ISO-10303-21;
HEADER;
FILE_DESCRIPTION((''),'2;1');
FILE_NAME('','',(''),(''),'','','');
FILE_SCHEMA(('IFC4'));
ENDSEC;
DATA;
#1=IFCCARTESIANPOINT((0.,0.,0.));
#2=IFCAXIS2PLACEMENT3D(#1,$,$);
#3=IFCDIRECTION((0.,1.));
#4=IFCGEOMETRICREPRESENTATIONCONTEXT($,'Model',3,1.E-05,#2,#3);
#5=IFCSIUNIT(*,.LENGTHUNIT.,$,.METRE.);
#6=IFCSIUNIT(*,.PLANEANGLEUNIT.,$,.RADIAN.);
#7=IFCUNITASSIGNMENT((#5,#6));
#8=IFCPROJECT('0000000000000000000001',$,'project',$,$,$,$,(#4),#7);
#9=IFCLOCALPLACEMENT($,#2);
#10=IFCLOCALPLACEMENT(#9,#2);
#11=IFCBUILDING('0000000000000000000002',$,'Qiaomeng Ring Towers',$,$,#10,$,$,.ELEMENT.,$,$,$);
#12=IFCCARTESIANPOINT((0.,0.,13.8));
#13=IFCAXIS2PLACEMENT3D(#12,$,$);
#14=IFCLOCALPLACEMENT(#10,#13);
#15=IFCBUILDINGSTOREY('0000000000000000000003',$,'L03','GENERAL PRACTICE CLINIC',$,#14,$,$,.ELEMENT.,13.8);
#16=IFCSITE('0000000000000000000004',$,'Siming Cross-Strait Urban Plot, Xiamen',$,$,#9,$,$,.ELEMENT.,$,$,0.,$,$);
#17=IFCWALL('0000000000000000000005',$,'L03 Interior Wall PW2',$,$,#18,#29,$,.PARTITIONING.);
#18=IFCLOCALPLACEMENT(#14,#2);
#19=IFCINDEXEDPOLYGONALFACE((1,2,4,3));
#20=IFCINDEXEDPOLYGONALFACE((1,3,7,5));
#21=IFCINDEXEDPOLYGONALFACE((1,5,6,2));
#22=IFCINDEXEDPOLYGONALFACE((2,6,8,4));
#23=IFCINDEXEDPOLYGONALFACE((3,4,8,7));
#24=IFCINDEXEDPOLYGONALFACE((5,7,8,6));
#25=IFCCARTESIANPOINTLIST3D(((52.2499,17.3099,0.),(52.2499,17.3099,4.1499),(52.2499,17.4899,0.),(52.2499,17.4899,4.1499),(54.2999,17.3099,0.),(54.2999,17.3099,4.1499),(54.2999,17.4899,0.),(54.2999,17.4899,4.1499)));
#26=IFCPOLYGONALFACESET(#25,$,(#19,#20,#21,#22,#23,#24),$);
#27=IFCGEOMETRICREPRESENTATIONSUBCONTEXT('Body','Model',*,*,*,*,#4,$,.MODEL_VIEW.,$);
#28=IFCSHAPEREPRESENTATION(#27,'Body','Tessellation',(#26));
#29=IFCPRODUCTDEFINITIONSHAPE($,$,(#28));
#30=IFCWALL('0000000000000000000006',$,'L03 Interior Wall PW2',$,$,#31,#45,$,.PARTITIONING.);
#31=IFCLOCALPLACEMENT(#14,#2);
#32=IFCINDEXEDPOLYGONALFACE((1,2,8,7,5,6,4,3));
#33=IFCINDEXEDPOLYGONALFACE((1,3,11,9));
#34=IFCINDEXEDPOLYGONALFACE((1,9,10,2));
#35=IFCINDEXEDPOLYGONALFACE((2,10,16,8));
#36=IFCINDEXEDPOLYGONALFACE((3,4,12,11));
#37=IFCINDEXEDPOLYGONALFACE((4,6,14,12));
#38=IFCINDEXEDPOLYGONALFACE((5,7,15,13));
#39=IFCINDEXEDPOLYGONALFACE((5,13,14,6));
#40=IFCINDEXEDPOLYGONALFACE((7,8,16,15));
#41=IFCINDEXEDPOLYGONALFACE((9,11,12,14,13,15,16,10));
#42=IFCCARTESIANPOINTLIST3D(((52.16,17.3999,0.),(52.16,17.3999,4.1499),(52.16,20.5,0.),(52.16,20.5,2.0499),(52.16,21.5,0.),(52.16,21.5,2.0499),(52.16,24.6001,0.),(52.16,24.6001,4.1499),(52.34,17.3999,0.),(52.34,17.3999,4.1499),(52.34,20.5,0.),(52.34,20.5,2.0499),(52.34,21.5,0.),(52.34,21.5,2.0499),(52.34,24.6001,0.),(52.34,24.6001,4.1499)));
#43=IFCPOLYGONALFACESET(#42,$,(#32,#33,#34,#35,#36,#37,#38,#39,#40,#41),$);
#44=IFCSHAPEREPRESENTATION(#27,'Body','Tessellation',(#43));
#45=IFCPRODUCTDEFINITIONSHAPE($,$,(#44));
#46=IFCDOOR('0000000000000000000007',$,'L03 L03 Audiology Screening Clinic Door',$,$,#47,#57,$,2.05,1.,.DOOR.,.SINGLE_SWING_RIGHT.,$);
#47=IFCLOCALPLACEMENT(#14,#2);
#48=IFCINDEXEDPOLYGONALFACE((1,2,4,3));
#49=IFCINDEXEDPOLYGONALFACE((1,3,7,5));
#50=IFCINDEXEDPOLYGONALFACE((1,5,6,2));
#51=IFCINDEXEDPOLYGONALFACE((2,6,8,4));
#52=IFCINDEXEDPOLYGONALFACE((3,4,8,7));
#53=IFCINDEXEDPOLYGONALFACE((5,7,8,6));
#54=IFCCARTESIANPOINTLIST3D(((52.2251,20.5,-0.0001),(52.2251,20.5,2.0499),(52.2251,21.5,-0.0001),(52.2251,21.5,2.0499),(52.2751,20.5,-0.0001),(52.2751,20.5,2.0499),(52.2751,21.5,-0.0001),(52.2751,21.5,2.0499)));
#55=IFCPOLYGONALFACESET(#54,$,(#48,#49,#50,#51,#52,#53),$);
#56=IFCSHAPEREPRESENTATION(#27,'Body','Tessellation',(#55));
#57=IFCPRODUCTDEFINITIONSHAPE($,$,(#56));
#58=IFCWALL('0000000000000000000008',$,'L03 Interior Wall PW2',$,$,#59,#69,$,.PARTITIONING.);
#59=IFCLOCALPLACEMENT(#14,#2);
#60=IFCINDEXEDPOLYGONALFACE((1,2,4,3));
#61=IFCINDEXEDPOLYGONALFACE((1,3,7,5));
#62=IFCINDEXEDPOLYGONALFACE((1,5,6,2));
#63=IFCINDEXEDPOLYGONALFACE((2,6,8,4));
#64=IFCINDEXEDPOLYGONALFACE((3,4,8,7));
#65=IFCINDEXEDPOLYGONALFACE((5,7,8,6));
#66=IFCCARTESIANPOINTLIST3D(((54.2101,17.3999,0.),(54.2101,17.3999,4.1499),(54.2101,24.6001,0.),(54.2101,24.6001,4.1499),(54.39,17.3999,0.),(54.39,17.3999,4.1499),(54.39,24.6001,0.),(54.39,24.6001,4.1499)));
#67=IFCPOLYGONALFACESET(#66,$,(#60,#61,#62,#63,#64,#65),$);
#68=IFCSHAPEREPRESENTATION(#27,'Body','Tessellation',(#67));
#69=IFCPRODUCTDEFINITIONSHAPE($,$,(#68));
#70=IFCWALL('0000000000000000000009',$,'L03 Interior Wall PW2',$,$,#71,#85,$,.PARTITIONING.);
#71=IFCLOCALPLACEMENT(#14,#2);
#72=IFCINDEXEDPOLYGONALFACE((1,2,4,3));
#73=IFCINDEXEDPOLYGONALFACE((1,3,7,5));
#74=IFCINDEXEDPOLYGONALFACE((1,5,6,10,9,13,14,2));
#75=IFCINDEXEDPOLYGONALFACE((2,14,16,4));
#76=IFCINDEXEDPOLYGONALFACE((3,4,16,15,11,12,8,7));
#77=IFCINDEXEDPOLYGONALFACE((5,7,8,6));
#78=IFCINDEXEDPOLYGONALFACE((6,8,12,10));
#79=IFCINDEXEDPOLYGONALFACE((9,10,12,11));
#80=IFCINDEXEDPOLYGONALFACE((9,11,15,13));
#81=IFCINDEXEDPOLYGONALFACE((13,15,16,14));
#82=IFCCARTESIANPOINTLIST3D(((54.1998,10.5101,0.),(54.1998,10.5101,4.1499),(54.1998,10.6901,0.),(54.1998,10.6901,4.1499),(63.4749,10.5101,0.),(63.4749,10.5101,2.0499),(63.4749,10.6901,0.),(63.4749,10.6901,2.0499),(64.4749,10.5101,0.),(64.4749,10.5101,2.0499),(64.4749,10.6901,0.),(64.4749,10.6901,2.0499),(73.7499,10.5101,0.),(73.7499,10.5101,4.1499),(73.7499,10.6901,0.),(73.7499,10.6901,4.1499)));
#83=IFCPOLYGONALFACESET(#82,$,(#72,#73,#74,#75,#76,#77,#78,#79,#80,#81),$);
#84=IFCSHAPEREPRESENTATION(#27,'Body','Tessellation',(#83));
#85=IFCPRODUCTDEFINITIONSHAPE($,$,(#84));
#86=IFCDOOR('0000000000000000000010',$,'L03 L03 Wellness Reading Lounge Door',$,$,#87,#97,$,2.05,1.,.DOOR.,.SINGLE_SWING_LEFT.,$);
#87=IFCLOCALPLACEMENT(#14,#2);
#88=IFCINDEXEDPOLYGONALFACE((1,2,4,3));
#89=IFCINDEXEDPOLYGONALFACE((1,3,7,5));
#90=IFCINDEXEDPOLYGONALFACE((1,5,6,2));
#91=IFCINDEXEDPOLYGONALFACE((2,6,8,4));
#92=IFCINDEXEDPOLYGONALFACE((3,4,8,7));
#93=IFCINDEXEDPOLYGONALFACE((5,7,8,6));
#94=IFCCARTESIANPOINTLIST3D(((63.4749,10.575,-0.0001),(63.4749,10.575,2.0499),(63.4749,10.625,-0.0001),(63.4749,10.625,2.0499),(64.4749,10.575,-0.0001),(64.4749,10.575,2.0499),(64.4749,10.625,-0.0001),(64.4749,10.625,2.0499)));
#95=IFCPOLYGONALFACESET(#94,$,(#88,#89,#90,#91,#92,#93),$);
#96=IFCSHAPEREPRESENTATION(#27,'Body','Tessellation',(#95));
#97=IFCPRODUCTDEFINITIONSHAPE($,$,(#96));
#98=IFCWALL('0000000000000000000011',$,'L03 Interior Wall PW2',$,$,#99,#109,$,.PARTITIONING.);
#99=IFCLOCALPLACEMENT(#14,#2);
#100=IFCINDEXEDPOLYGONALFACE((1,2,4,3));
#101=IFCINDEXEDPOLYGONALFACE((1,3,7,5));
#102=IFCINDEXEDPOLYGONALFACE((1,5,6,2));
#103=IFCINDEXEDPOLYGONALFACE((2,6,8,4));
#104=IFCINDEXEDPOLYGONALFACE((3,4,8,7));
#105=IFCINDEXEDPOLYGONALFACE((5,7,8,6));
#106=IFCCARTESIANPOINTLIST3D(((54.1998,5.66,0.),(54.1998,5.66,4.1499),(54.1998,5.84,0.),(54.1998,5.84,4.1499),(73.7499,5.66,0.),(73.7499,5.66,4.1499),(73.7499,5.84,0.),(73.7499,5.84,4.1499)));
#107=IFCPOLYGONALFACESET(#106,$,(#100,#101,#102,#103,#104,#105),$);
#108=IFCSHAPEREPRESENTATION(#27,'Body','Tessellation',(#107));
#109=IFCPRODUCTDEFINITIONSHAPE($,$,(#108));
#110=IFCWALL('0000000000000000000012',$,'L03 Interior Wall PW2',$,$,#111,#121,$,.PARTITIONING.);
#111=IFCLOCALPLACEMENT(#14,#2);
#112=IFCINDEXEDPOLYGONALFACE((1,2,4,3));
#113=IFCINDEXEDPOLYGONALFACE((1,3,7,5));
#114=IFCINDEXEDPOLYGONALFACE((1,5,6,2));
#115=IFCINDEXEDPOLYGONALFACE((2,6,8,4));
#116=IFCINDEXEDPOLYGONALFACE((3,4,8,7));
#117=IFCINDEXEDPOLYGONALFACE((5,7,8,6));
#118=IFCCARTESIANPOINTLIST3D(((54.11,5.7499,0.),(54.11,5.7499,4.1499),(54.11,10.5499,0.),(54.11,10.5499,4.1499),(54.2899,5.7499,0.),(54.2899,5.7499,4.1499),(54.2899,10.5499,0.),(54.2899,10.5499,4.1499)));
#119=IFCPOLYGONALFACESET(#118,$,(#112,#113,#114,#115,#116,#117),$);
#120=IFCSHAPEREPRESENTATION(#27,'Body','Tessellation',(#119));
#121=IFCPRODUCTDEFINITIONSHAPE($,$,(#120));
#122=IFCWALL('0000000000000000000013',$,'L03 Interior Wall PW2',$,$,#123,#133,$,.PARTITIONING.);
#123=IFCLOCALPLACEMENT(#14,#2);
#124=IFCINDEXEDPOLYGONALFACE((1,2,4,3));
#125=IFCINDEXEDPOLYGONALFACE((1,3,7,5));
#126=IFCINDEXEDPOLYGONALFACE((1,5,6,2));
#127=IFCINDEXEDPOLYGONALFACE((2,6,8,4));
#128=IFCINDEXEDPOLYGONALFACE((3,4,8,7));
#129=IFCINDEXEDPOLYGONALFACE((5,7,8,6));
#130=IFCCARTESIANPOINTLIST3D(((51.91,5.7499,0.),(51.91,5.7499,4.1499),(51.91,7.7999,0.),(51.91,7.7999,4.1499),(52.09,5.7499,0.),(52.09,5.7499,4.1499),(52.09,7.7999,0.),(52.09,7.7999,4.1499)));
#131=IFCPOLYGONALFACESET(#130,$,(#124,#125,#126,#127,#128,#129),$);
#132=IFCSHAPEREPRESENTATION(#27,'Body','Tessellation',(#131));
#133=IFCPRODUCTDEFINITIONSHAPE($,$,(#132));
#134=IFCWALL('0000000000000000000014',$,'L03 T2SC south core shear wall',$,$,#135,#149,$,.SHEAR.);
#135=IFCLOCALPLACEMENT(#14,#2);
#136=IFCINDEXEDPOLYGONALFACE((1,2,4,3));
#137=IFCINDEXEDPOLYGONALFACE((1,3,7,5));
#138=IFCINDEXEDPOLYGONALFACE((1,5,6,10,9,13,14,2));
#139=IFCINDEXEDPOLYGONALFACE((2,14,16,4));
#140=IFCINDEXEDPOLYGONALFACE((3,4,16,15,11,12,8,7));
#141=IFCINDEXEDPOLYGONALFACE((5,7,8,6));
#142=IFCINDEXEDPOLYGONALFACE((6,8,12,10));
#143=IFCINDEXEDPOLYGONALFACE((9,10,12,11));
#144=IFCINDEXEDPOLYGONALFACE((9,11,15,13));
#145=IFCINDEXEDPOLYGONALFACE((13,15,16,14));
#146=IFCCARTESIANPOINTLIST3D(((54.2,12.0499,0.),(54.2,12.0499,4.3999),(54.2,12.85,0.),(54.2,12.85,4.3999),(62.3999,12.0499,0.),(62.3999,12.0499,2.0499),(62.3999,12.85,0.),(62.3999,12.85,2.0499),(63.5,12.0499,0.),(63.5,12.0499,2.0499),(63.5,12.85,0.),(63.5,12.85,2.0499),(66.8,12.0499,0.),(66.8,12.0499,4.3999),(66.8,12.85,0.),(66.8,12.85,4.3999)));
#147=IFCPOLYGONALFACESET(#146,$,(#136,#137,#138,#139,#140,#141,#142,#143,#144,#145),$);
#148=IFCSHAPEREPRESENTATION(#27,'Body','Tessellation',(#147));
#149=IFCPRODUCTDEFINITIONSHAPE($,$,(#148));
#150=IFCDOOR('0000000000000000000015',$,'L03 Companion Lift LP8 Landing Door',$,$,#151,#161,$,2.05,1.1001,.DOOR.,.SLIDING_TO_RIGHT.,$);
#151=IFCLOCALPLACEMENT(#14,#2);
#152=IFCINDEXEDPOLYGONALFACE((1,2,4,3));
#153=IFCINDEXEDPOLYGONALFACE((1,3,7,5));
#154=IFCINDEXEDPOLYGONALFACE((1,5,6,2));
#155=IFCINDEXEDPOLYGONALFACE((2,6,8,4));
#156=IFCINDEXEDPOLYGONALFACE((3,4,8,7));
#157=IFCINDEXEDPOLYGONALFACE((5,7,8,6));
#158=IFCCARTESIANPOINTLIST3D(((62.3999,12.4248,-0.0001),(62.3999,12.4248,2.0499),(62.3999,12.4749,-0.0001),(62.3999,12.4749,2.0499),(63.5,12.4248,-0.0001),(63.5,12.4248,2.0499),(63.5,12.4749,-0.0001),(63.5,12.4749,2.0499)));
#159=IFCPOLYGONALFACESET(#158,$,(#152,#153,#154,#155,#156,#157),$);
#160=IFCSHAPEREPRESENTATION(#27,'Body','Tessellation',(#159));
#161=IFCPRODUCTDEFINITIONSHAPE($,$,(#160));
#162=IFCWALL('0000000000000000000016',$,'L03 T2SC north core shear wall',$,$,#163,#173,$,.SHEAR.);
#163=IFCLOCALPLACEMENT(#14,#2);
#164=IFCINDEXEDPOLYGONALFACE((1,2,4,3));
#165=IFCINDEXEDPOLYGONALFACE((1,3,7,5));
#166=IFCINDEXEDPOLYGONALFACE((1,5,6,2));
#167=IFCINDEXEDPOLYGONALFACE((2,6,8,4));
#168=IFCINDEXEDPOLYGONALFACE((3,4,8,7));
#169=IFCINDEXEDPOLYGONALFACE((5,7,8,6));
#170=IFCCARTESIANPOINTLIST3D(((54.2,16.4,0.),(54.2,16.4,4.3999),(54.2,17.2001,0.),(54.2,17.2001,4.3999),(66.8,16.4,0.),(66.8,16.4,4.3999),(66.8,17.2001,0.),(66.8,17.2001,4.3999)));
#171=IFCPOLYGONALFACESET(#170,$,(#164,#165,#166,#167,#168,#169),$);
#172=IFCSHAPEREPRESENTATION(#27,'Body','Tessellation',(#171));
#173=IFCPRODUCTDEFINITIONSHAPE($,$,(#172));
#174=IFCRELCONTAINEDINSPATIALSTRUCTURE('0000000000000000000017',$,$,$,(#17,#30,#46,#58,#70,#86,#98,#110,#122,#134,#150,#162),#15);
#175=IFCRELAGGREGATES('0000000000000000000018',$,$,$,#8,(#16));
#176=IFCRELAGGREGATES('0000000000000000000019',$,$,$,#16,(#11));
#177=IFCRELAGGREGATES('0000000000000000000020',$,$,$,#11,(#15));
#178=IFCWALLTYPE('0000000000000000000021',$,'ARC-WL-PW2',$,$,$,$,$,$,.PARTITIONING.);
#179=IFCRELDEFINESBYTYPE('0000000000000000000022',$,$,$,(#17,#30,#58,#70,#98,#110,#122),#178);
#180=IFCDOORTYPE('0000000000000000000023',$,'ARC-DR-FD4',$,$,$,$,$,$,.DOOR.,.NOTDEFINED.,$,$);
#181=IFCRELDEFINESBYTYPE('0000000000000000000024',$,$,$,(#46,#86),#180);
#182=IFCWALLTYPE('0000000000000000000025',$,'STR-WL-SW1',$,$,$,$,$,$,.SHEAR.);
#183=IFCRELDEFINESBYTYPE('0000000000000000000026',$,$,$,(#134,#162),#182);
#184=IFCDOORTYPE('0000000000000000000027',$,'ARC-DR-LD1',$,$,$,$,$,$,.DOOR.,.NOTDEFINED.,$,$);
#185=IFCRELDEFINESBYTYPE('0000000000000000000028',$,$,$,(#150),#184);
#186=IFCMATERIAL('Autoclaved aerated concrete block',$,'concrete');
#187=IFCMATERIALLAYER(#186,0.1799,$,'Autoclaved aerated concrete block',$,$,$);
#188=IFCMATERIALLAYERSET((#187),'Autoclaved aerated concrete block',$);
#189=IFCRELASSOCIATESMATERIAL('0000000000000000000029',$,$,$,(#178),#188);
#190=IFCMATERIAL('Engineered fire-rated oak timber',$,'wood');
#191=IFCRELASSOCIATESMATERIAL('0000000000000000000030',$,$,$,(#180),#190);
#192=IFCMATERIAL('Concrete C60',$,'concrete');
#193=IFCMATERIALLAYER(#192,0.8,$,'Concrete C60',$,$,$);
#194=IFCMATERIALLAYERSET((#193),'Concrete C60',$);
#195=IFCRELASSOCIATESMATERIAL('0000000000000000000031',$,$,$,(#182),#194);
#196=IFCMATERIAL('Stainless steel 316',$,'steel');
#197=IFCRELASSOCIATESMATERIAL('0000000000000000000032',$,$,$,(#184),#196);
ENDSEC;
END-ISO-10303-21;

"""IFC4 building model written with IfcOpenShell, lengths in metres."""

from ifc_helpers import new_model, si_unit, direction, frame, frame_2d, origin, place, context, subcontext, project, spatial, rectangle, extrude, source, transform, mapped, material, layer, layer_set, type_object, element, fill, save


model = new_model("IFC4")

# Units and contexts
model_context = context("Model", 3, precision=1e-05, world=origin(), true_north=direction((0.0, 1.0)))
body_context = subcontext(model_context, "Body", "Model", "MODEL_VIEW")
ifc_project = project(units=[si_unit("LENGTHUNIT", "METRE"), si_unit("PLANEANGLEUNIT", "RADIAN")], contexts=[model_context])

# Site, building, storey
site_placement = place(None, origin())
site = spatial("IfcSite", under=ifc_project, at=site_placement, Name="Siming Cross-Strait Urban Plot, Xiamen", CompositionType="ELEMENT", RefElevation=0.0)
building_placement = place(site_placement, origin())
building = spatial("IfcBuilding", under=site, at=building_placement, Name="Qiaomeng Ring Towers", CompositionType="ELEMENT")
storey_placement = place(building_placement, frame((0.0, 0.0, 13.8)))
storey = spatial("IfcBuildingStorey", under=building, at=storey_placement, Name="L03", Description="GENERAL PRACTICE CLINIC", CompositionType="ELEMENT", Elevation=13.8)

# Shared definitions
ifc_material_1 = material(Name="Concrete C60", Category="concrete")

# Wall
ifc_material_2 = material(Name="Autoclaved aerated concrete block", Category="concrete")
ifc_layer_1 = layer(ifc_material_2, 0.1799, Name="Autoclaved aerated concrete block")
ifc_layer_set_1 = layer_set([ifc_layer_1], Name="Autoclaved aerated concrete block")
wall_type_1 = type_object("IfcWallType", Name="ARC-WL-PW2", PredefinedType="PARTITIONING", material=ifc_layer_set_1)
wall_1_placement = place(storey_placement, frame((52.25, 17.3999, 0.0), z_axis=(0.0, 0.0, 1.0), x_axis=(1.0, 0.0, 0.0)))
element("IfcWall", 1, at=wall_1_placement, inside=storey, type_object=wall_type_1, Name="L03 Interior Wall PW2", PredefinedType="PARTITIONING", context=body_context, shape_type="SweptSolid", body=[
    extrude(rectangle(XDim=2.05, YDim=0.1799, at=frame_2d((1.0249, 0.0))), origin(), (0.0, 0.0, 1.0), 4.1499),
])

# Wall, opening, door
wall_2_placement = place(storey_placement, frame((52.25, 17.3999, 0.0), z_axis=(0.0, 0.0, 1.0), x_axis=(0.0, 1.0, 0.0)))
wall_2 = element("IfcWall", 2, at=wall_2_placement, inside=storey, type_object=wall_type_1, Name="L03 Interior Wall PW2", PredefinedType="PARTITIONING", context=body_context, shape_type="SweptSolid", body=[
    extrude(rectangle(XDim=7.2002, YDim=0.1799, at=frame_2d((3.6001, 0.0))), origin(), (0.0, 0.0, 1.0), 4.1499),
])
opening_1_placement = place(wall_2_placement, frame((3.1001, 0.0, 0.0)))
opening_1 = element("IfcOpeningElement", 3, at=opening_1_placement, cuts=wall_2, PredefinedType="OPENING", context=body_context, shape_type="SweptSolid", body=[
    extrude(rectangle(XDim=1.0, YDim=2.05, at=frame_2d((0.5, 1.0249))), frame((0.0, 0.0999, 0.0), z_axis=(0.0, -1.0, 0.0), x_axis=(1.0, 0.0, 0.0)), (0.0, 0.0, 1.0), 0.2),
])
ifc_material_3 = material(Name="Engineered fire-rated oak timber", Category="wood")
door_type_1 = type_object("IfcDoorType", Name="ARC-DR-FD4", OperationType="NOTDEFINED", PredefinedType="DOOR", material=ifc_material_3)
shared_shape_1 = source(origin(), body_context, "Body", "SweptSolid", [
    extrude(rectangle(XDim=1.0, YDim=2.05, at=frame_2d((0.5, 1.0249))), frame((0.0, 0.0249, 0.0), z_axis=(0.0, -1.0, 0.0), x_axis=(1.0, 0.0, 0.0)), (0.0, 0.0, 1.0), 0.05),
])
door_1_placement = place(opening_1_placement, origin())
door_1 = element("IfcDoor", 4, at=door_1_placement, inside=storey, type_object=door_type_1, Name="L03 L03 Audiology Screening Clinic Door", OperationType="SINGLE_SWING_RIGHT", OverallHeight=2.05, OverallWidth=1.0, PredefinedType="DOOR", context=body_context, shape_type="MappedRepresentation", body=[
    mapped(shared_shape_1, transform((0.0, 0.0, 0.0), x_axis=(1.0, 0.0, 0.0), y_axis=(0.0, 1.0, 0.0), z_axis=(0.0, 0.0, 1.0), scale=1.0)),
])
fill(opening_1, door_1)

# Wall
wall_3_placement = place(storey_placement, frame((54.3, 17.3999, 0.0), z_axis=(0.0, 0.0, 1.0), x_axis=(0.0, 1.0, 0.0)))
element("IfcWall", 5, at=wall_3_placement, inside=storey, type_object=wall_type_1, Name="L03 Interior Wall PW2", PredefinedType="PARTITIONING", context=body_context, shape_type="SweptSolid", body=[
    extrude(rectangle(XDim=7.2002, YDim=0.1799, at=frame_2d((3.6001, 0.0))), origin(), (0.0, 0.0, 1.0), 4.1499),
])

# Wall, opening, door
wall_4_placement = place(storey_placement, frame((54.2, 10.6001, 0.0), z_axis=(0.0, 0.0, 1.0), x_axis=(1.0, 0.0, 0.0)))
wall_4 = element("IfcWall", 6, at=wall_4_placement, inside=storey, type_object=wall_type_1, Name="L03 Interior Wall PW2", PredefinedType="PARTITIONING", context=body_context, shape_type="SweptSolid", body=[
    extrude(rectangle(XDim=19.55, YDim=0.1799, at=frame_2d((9.7749, 0.0))), origin(), (0.0, 0.0, 1.0), 4.1499),
])
opening_2_placement = place(wall_4_placement, frame((9.2749, 0.0, 0.0)))
opening_2 = element("IfcOpeningElement", 7, at=opening_2_placement, cuts=wall_4, PredefinedType="OPENING", context=body_context, shape_type="SweptSolid", body=[
    extrude(rectangle(XDim=1.0, YDim=2.05, at=frame_2d((0.5, 1.0249))), frame((0.0, 0.0999, 0.0), z_axis=(0.0, -1.0, 0.0), x_axis=(1.0, 0.0, 0.0)), (0.0, 0.0, 1.0), 0.2),
])
door_2_placement = place(opening_2_placement, origin())
door_2 = element("IfcDoor", 8, at=door_2_placement, inside=storey, type_object=door_type_1, Name="L03 L03 Wellness Reading Lounge Door", OperationType="SINGLE_SWING_LEFT", OverallHeight=2.05, OverallWidth=1.0, PredefinedType="DOOR", context=body_context, shape_type="MappedRepresentation", body=[
    mapped(shared_shape_1, transform((0.0, 0.0, 0.0), x_axis=(1.0, 0.0, 0.0), y_axis=(0.0, 1.0, 0.0), z_axis=(0.0, 0.0, 1.0), scale=1.0)),
])
fill(opening_2, door_2)

# Walls
wall_5_placement = place(storey_placement, frame((54.2, 5.75, 0.0), z_axis=(0.0, 0.0, 1.0), x_axis=(1.0, 0.0, 0.0)))
element("IfcWall", 9, at=wall_5_placement, inside=storey, type_object=wall_type_1, Name="L03 Interior Wall PW2", PredefinedType="PARTITIONING", context=body_context, shape_type="SweptSolid", body=[
    extrude(rectangle(XDim=19.55, YDim=0.1799, at=frame_2d((9.7749, 0.0))), origin(), (0.0, 0.0, 1.0), 4.1499),
])
wall_6_placement = place(storey_placement, frame((54.2, 5.75, 0.0), z_axis=(0.0, 0.0, 1.0), x_axis=(0.0, 1.0, 0.0)))
element("IfcWall", 10, at=wall_6_placement, inside=storey, type_object=wall_type_1, Name="L03 Interior Wall PW2", PredefinedType="PARTITIONING", context=body_context, shape_type="SweptSolid", body=[
    extrude(rectangle(XDim=4.8, YDim=0.1799, at=frame_2d((2.3999, 0.0))), origin(), (0.0, 0.0, 1.0), 4.1499),
])
wall_7_placement = place(storey_placement, frame((52.0, 5.75, 0.0), z_axis=(0.0, 0.0, 1.0), x_axis=(0.0, 1.0, 0.0)))
element("IfcWall", 11, at=wall_7_placement, inside=storey, type_object=wall_type_1, Name="L03 Interior Wall PW2", PredefinedType="PARTITIONING", context=body_context, shape_type="SweptSolid", body=[
    extrude(rectangle(XDim=2.05, YDim=0.1799, at=frame_2d((1.0249, 0.0))), origin(), (0.0, 0.0, 1.0), 4.1499),
])

# Wall, opening, door
ifc_layer_2 = layer(ifc_material_1, 0.8, Name="Concrete C60")
ifc_layer_set_2 = layer_set([ifc_layer_2], Name="Concrete C60")
wall_type_2 = type_object("IfcWallType", Name="STR-WL-SW1", PredefinedType="SHEAR", material=ifc_layer_set_2)
wall_8_placement = place(storey_placement, frame((54.2, 12.45, 0.0), z_axis=(0.0, 0.0, 1.0), x_axis=(1.0, 0.0, 0.0)))
wall_8 = element("IfcWall", 12, at=wall_8_placement, inside=storey, type_object=wall_type_2, Name="L03 T2SC south core shear wall", PredefinedType="SHEAR", context=body_context, shape_type="SweptSolid", body=[
    extrude(rectangle(XDim=12.6001, YDim=0.8, at=frame_2d((6.3, 0.0))), origin(), (0.0, 0.0, 1.0), 4.3999),
])
opening_3_placement = place(wall_8_placement, frame((8.2, 0.0, 0.0)))
opening_3 = element("IfcOpeningElement", 13, at=opening_3_placement, cuts=wall_8, PredefinedType="OPENING", context=body_context, shape_type="SweptSolid", body=[
    extrude(rectangle(XDim=1.1001, YDim=2.05, at=frame_2d((0.55, 1.0249))), frame((0.0, 0.4099, 0.0), z_axis=(0.0, -1.0, 0.0), x_axis=(1.0, 0.0, 0.0)), (0.0, 0.0, 1.0), 0.8201),
])
ifc_material_4 = material(Name="Stainless steel 316", Category="steel")
door_type_2 = type_object("IfcDoorType", Name="ARC-DR-LD1", OperationType="NOTDEFINED", PredefinedType="DOOR", material=ifc_material_4)
shared_shape_2 = source(origin(), body_context, "Body", "SweptSolid", [
    extrude(rectangle(XDim=1.1001, YDim=2.05, at=frame_2d((0.55, 1.0249))), frame((0.0, 0.0249, 0.0), z_axis=(0.0, -1.0, 0.0), x_axis=(1.0, 0.0, 0.0)), (0.0, 0.0, 1.0), 0.05),
])
door_3_placement = place(opening_3_placement, origin())
door_3 = element("IfcDoor", 14, at=door_3_placement, inside=storey, type_object=door_type_2, Name="L03 Companion Lift LP8 Landing Door", OperationType="SLIDING_TO_RIGHT", OverallHeight=2.05, OverallWidth=1.1001, PredefinedType="DOOR", context=body_context, shape_type="MappedRepresentation", body=[
    mapped(shared_shape_2, transform((0.0, 0.0, 0.0), x_axis=(1.0, 0.0, 0.0), y_axis=(0.0, 1.0, 0.0), z_axis=(0.0, 0.0, 1.0), scale=1.0)),
])
fill(opening_3, door_3)

# Wall
wall_9_placement = place(storey_placement, frame((54.2, 16.8, 0.0), z_axis=(0.0, 0.0, 1.0), x_axis=(1.0, 0.0, 0.0)))
element("IfcWall", 15, at=wall_9_placement, inside=storey, type_object=wall_type_2, Name="L03 T2SC north core shear wall", PredefinedType="SHEAR", context=body_context, shape_type="SweptSolid", body=[
    extrude(rectangle(XDim=12.6001, YDim=0.8, at=frame_2d((6.3, 0.0))), origin(), (0.0, 0.0, 1.0), 4.3999),
])

save(model, "model.ifc")
